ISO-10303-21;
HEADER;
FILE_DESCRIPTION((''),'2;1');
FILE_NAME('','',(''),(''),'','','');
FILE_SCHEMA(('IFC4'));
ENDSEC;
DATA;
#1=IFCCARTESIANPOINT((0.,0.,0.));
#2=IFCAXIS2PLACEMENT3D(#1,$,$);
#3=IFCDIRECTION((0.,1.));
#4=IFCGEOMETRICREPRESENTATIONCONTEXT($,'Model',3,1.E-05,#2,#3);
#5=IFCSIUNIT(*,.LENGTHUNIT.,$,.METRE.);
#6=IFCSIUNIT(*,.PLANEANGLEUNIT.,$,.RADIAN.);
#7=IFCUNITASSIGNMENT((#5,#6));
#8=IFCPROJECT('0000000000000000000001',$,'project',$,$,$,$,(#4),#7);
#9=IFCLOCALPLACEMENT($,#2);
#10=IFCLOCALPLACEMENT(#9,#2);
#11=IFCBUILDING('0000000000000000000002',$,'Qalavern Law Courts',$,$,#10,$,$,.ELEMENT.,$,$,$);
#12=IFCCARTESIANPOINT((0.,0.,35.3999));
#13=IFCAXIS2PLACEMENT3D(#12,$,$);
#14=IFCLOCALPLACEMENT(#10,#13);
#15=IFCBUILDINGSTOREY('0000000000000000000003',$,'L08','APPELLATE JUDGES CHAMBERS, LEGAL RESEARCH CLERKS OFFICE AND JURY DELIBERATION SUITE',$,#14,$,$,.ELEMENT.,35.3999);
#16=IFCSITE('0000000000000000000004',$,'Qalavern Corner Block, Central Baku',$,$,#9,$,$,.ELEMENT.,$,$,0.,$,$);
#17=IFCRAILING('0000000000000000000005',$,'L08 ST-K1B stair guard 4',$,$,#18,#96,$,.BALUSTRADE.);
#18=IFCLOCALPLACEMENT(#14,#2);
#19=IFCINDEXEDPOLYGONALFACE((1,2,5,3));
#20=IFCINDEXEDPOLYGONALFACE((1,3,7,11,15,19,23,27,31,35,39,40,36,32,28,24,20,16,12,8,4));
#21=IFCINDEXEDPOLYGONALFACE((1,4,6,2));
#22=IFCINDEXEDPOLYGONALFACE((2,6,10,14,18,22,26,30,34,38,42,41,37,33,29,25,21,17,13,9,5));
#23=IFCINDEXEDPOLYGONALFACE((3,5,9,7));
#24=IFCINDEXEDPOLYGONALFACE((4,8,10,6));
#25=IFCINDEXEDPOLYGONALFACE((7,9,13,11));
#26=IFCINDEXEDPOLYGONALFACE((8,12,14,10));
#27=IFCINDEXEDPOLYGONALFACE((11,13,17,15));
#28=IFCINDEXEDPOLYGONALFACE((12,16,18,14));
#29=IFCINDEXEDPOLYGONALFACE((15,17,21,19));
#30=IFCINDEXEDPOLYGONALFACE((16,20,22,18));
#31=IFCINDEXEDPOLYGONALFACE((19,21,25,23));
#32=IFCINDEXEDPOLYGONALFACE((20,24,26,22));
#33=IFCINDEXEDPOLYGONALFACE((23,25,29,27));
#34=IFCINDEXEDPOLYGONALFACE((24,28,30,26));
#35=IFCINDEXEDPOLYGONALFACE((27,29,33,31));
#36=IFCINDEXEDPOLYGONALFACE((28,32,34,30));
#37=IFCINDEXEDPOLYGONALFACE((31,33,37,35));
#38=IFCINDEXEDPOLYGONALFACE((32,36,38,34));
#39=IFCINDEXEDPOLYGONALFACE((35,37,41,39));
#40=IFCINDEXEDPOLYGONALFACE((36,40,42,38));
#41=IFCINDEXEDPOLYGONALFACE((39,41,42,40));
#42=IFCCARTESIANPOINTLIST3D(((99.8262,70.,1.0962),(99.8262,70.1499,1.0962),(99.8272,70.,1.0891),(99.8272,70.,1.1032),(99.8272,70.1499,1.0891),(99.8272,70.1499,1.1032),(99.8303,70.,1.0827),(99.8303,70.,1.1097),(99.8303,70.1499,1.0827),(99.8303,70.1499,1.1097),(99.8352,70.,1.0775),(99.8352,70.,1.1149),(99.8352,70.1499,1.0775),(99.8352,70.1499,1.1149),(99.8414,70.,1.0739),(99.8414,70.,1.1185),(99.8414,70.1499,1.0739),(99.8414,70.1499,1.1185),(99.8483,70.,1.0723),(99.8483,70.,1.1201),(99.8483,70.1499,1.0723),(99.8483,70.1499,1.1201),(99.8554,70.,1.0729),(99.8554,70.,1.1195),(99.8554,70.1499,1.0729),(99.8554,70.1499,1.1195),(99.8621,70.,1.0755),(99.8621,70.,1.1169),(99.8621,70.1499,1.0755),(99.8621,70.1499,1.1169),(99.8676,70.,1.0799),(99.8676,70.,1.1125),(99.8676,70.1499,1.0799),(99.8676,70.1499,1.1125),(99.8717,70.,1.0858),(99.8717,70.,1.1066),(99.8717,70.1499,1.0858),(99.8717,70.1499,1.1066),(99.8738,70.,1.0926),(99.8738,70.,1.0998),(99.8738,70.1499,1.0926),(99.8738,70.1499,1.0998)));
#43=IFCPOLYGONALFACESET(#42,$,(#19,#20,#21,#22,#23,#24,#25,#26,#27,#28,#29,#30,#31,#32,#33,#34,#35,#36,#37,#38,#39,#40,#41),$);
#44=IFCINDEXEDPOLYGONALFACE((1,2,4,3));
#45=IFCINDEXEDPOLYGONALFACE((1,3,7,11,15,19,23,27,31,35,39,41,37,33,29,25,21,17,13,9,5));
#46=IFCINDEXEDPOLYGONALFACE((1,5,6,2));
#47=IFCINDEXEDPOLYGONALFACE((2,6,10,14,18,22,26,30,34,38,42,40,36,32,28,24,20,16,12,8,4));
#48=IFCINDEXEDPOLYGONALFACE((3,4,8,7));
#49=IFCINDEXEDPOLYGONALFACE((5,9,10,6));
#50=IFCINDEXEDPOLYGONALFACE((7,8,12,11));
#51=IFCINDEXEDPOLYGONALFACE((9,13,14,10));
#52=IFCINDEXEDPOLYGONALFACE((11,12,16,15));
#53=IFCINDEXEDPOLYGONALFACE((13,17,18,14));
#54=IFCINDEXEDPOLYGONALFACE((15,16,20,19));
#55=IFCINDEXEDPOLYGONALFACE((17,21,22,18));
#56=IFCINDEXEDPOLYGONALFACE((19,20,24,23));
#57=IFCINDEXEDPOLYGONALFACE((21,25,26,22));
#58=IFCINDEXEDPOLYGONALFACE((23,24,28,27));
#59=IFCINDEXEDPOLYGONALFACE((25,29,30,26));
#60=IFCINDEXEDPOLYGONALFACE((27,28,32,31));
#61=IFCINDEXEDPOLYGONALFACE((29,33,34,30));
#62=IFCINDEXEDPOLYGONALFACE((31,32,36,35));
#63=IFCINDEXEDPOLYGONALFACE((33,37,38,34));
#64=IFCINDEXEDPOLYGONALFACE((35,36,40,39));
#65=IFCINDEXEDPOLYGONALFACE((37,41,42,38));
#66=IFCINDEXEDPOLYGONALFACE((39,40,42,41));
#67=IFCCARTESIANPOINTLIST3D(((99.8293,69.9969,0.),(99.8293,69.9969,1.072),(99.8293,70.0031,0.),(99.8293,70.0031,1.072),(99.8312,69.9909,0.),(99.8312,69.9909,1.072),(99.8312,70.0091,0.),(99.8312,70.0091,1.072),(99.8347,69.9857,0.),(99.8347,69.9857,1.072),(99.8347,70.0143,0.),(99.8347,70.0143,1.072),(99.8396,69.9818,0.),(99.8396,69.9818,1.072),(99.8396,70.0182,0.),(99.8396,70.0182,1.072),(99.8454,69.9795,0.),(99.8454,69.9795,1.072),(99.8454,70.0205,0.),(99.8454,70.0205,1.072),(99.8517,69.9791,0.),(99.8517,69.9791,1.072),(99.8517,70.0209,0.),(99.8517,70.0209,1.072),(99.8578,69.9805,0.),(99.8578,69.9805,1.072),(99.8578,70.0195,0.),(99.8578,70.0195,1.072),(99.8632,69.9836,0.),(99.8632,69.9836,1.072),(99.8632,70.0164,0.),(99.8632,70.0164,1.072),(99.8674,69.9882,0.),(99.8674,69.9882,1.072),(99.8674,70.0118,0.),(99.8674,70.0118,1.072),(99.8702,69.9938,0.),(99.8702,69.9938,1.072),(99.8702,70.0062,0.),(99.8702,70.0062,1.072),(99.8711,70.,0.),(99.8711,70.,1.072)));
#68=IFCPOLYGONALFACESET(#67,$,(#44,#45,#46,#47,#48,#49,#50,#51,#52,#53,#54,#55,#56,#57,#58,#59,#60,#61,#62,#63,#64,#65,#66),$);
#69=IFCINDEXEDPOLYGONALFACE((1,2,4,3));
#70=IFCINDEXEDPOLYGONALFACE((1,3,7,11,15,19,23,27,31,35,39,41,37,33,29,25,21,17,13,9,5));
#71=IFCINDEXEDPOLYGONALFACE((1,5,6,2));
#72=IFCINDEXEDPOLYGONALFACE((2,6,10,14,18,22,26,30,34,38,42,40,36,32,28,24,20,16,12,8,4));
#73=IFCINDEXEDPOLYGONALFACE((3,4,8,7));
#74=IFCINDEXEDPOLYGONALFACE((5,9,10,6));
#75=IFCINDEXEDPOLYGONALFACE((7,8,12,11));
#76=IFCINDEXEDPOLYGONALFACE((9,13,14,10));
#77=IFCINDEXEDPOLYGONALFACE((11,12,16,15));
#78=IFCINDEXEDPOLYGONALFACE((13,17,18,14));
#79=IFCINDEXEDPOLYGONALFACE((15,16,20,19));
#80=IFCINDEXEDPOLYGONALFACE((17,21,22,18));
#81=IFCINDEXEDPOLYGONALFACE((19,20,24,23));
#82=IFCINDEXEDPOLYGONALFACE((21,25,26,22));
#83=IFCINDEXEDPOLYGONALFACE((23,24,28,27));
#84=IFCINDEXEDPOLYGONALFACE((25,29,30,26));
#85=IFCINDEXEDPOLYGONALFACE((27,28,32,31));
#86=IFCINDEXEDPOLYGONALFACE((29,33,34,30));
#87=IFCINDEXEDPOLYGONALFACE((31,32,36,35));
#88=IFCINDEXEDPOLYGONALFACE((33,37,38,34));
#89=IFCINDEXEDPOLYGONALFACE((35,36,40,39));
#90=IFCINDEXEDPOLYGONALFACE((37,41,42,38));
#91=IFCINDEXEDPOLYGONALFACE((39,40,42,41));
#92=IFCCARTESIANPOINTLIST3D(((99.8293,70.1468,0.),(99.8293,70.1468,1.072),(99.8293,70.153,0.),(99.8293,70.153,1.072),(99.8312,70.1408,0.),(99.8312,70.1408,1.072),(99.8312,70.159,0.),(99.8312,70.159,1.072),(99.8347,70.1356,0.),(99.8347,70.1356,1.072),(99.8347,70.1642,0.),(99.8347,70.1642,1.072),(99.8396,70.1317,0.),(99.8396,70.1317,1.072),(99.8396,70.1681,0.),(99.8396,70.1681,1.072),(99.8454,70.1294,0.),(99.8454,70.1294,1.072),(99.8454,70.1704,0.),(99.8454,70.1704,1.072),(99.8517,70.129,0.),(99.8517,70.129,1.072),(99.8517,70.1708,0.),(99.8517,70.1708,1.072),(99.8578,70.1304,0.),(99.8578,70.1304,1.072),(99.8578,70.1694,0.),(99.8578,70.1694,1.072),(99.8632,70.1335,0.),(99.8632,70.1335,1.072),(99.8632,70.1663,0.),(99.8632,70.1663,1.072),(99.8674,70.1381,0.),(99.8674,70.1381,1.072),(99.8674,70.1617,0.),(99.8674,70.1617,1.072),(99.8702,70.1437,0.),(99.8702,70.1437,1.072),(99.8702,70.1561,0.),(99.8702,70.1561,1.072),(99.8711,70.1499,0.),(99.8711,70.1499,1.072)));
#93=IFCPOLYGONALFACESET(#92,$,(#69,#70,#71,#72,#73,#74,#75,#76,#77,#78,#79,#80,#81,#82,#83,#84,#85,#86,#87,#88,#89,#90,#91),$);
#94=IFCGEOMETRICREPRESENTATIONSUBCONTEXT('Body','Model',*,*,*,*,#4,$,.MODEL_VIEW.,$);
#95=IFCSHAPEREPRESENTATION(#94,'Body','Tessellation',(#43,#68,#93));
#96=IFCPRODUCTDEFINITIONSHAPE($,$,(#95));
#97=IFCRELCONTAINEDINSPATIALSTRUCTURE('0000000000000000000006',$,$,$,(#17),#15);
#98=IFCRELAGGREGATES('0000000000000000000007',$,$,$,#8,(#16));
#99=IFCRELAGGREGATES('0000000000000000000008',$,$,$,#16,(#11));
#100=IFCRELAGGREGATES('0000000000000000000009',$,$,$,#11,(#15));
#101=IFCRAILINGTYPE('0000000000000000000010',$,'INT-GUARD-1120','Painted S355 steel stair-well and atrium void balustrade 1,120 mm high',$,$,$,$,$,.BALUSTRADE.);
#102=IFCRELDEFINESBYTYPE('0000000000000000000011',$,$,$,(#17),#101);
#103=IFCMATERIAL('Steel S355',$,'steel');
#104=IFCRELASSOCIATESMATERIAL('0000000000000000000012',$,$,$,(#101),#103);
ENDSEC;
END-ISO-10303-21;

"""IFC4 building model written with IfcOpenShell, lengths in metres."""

from ifc_helpers import new_model, si_unit, direction, frame, origin, origin_2d, place, context, subcontext, project, spatial, circle, extrude, material, type_object, element, save


model = new_model("IFC4")

# Units and contexts
model_context = context("Model", 3, precision=1e-05, world=origin(), true_north=direction((0.0, 1.0)))
body_context = subcontext(model_context, "Body", "Model", "MODEL_VIEW")
ifc_project = project(units=[si_unit("LENGTHUNIT", "METRE"), si_unit("PLANEANGLEUNIT", "RADIAN")], contexts=[model_context])

# Site, building, storey
site_placement = place(None, origin())
site = spatial("IfcSite", under=ifc_project, at=site_placement, Name="Qalavern Corner Block, Central Baku", CompositionType="ELEMENT", RefElevation=0.0)
building_placement = place(site_placement, origin())
building = spatial("IfcBuilding", under=site, at=building_placement, Name="Qalavern Law Courts", CompositionType="ELEMENT")
storey_placement = place(building_placement, frame((0.0, 0.0, 35.3999)))
storey = spatial("IfcBuildingStorey", under=building, at=storey_placement, Name="L08", Description="APPELLATE JUDGES CHAMBERS, LEGAL RESEARCH CLERKS OFFICE AND JURY DELIBERATION SUITE", CompositionType="ELEMENT", Elevation=35.3999)

# Shared definitions
ifc_material_1 = material(Name="Steel S355", Category="steel")

# Railing
railing_type_1 = type_object("IfcRailingType", Name="INT-GUARD-1120", Description="Painted S355 steel stair-well and atrium void balustrade 1,120 mm high", PredefinedType="BALUSTRADE", material=ifc_material_1)
railing_1_placement = place(storey_placement, frame((99.8501, 70.0, 0.0)))
element("IfcRailing", 1, at=railing_1_placement, inside=storey, type_object=railing_type_1, Name="L08 ST-K1B stair guard 4", PredefinedType="BALUSTRADE", context=body_context, shape_type="SweptSolid", body=[
    extrude(circle(Radius=0.0239, at=origin_2d()), frame((0.0, 0.0, 1.0962), z_axis=(0.0, 1.0, 0.0), x_axis=(-1.0, 0.0, 0.0)), (0.0, 0.0, 1.0), 0.1499),
    extrude(circle(Radius=0.021, at=origin_2d()), origin(), (0.0, 0.0, 1.0), 1.072),
    extrude(circle(Radius=0.021, at=origin_2d()), frame((0.0, 0.1499, 0.0)), (0.0, 0.0, 1.0), 1.072),
])

save(model, "model.ifc")
